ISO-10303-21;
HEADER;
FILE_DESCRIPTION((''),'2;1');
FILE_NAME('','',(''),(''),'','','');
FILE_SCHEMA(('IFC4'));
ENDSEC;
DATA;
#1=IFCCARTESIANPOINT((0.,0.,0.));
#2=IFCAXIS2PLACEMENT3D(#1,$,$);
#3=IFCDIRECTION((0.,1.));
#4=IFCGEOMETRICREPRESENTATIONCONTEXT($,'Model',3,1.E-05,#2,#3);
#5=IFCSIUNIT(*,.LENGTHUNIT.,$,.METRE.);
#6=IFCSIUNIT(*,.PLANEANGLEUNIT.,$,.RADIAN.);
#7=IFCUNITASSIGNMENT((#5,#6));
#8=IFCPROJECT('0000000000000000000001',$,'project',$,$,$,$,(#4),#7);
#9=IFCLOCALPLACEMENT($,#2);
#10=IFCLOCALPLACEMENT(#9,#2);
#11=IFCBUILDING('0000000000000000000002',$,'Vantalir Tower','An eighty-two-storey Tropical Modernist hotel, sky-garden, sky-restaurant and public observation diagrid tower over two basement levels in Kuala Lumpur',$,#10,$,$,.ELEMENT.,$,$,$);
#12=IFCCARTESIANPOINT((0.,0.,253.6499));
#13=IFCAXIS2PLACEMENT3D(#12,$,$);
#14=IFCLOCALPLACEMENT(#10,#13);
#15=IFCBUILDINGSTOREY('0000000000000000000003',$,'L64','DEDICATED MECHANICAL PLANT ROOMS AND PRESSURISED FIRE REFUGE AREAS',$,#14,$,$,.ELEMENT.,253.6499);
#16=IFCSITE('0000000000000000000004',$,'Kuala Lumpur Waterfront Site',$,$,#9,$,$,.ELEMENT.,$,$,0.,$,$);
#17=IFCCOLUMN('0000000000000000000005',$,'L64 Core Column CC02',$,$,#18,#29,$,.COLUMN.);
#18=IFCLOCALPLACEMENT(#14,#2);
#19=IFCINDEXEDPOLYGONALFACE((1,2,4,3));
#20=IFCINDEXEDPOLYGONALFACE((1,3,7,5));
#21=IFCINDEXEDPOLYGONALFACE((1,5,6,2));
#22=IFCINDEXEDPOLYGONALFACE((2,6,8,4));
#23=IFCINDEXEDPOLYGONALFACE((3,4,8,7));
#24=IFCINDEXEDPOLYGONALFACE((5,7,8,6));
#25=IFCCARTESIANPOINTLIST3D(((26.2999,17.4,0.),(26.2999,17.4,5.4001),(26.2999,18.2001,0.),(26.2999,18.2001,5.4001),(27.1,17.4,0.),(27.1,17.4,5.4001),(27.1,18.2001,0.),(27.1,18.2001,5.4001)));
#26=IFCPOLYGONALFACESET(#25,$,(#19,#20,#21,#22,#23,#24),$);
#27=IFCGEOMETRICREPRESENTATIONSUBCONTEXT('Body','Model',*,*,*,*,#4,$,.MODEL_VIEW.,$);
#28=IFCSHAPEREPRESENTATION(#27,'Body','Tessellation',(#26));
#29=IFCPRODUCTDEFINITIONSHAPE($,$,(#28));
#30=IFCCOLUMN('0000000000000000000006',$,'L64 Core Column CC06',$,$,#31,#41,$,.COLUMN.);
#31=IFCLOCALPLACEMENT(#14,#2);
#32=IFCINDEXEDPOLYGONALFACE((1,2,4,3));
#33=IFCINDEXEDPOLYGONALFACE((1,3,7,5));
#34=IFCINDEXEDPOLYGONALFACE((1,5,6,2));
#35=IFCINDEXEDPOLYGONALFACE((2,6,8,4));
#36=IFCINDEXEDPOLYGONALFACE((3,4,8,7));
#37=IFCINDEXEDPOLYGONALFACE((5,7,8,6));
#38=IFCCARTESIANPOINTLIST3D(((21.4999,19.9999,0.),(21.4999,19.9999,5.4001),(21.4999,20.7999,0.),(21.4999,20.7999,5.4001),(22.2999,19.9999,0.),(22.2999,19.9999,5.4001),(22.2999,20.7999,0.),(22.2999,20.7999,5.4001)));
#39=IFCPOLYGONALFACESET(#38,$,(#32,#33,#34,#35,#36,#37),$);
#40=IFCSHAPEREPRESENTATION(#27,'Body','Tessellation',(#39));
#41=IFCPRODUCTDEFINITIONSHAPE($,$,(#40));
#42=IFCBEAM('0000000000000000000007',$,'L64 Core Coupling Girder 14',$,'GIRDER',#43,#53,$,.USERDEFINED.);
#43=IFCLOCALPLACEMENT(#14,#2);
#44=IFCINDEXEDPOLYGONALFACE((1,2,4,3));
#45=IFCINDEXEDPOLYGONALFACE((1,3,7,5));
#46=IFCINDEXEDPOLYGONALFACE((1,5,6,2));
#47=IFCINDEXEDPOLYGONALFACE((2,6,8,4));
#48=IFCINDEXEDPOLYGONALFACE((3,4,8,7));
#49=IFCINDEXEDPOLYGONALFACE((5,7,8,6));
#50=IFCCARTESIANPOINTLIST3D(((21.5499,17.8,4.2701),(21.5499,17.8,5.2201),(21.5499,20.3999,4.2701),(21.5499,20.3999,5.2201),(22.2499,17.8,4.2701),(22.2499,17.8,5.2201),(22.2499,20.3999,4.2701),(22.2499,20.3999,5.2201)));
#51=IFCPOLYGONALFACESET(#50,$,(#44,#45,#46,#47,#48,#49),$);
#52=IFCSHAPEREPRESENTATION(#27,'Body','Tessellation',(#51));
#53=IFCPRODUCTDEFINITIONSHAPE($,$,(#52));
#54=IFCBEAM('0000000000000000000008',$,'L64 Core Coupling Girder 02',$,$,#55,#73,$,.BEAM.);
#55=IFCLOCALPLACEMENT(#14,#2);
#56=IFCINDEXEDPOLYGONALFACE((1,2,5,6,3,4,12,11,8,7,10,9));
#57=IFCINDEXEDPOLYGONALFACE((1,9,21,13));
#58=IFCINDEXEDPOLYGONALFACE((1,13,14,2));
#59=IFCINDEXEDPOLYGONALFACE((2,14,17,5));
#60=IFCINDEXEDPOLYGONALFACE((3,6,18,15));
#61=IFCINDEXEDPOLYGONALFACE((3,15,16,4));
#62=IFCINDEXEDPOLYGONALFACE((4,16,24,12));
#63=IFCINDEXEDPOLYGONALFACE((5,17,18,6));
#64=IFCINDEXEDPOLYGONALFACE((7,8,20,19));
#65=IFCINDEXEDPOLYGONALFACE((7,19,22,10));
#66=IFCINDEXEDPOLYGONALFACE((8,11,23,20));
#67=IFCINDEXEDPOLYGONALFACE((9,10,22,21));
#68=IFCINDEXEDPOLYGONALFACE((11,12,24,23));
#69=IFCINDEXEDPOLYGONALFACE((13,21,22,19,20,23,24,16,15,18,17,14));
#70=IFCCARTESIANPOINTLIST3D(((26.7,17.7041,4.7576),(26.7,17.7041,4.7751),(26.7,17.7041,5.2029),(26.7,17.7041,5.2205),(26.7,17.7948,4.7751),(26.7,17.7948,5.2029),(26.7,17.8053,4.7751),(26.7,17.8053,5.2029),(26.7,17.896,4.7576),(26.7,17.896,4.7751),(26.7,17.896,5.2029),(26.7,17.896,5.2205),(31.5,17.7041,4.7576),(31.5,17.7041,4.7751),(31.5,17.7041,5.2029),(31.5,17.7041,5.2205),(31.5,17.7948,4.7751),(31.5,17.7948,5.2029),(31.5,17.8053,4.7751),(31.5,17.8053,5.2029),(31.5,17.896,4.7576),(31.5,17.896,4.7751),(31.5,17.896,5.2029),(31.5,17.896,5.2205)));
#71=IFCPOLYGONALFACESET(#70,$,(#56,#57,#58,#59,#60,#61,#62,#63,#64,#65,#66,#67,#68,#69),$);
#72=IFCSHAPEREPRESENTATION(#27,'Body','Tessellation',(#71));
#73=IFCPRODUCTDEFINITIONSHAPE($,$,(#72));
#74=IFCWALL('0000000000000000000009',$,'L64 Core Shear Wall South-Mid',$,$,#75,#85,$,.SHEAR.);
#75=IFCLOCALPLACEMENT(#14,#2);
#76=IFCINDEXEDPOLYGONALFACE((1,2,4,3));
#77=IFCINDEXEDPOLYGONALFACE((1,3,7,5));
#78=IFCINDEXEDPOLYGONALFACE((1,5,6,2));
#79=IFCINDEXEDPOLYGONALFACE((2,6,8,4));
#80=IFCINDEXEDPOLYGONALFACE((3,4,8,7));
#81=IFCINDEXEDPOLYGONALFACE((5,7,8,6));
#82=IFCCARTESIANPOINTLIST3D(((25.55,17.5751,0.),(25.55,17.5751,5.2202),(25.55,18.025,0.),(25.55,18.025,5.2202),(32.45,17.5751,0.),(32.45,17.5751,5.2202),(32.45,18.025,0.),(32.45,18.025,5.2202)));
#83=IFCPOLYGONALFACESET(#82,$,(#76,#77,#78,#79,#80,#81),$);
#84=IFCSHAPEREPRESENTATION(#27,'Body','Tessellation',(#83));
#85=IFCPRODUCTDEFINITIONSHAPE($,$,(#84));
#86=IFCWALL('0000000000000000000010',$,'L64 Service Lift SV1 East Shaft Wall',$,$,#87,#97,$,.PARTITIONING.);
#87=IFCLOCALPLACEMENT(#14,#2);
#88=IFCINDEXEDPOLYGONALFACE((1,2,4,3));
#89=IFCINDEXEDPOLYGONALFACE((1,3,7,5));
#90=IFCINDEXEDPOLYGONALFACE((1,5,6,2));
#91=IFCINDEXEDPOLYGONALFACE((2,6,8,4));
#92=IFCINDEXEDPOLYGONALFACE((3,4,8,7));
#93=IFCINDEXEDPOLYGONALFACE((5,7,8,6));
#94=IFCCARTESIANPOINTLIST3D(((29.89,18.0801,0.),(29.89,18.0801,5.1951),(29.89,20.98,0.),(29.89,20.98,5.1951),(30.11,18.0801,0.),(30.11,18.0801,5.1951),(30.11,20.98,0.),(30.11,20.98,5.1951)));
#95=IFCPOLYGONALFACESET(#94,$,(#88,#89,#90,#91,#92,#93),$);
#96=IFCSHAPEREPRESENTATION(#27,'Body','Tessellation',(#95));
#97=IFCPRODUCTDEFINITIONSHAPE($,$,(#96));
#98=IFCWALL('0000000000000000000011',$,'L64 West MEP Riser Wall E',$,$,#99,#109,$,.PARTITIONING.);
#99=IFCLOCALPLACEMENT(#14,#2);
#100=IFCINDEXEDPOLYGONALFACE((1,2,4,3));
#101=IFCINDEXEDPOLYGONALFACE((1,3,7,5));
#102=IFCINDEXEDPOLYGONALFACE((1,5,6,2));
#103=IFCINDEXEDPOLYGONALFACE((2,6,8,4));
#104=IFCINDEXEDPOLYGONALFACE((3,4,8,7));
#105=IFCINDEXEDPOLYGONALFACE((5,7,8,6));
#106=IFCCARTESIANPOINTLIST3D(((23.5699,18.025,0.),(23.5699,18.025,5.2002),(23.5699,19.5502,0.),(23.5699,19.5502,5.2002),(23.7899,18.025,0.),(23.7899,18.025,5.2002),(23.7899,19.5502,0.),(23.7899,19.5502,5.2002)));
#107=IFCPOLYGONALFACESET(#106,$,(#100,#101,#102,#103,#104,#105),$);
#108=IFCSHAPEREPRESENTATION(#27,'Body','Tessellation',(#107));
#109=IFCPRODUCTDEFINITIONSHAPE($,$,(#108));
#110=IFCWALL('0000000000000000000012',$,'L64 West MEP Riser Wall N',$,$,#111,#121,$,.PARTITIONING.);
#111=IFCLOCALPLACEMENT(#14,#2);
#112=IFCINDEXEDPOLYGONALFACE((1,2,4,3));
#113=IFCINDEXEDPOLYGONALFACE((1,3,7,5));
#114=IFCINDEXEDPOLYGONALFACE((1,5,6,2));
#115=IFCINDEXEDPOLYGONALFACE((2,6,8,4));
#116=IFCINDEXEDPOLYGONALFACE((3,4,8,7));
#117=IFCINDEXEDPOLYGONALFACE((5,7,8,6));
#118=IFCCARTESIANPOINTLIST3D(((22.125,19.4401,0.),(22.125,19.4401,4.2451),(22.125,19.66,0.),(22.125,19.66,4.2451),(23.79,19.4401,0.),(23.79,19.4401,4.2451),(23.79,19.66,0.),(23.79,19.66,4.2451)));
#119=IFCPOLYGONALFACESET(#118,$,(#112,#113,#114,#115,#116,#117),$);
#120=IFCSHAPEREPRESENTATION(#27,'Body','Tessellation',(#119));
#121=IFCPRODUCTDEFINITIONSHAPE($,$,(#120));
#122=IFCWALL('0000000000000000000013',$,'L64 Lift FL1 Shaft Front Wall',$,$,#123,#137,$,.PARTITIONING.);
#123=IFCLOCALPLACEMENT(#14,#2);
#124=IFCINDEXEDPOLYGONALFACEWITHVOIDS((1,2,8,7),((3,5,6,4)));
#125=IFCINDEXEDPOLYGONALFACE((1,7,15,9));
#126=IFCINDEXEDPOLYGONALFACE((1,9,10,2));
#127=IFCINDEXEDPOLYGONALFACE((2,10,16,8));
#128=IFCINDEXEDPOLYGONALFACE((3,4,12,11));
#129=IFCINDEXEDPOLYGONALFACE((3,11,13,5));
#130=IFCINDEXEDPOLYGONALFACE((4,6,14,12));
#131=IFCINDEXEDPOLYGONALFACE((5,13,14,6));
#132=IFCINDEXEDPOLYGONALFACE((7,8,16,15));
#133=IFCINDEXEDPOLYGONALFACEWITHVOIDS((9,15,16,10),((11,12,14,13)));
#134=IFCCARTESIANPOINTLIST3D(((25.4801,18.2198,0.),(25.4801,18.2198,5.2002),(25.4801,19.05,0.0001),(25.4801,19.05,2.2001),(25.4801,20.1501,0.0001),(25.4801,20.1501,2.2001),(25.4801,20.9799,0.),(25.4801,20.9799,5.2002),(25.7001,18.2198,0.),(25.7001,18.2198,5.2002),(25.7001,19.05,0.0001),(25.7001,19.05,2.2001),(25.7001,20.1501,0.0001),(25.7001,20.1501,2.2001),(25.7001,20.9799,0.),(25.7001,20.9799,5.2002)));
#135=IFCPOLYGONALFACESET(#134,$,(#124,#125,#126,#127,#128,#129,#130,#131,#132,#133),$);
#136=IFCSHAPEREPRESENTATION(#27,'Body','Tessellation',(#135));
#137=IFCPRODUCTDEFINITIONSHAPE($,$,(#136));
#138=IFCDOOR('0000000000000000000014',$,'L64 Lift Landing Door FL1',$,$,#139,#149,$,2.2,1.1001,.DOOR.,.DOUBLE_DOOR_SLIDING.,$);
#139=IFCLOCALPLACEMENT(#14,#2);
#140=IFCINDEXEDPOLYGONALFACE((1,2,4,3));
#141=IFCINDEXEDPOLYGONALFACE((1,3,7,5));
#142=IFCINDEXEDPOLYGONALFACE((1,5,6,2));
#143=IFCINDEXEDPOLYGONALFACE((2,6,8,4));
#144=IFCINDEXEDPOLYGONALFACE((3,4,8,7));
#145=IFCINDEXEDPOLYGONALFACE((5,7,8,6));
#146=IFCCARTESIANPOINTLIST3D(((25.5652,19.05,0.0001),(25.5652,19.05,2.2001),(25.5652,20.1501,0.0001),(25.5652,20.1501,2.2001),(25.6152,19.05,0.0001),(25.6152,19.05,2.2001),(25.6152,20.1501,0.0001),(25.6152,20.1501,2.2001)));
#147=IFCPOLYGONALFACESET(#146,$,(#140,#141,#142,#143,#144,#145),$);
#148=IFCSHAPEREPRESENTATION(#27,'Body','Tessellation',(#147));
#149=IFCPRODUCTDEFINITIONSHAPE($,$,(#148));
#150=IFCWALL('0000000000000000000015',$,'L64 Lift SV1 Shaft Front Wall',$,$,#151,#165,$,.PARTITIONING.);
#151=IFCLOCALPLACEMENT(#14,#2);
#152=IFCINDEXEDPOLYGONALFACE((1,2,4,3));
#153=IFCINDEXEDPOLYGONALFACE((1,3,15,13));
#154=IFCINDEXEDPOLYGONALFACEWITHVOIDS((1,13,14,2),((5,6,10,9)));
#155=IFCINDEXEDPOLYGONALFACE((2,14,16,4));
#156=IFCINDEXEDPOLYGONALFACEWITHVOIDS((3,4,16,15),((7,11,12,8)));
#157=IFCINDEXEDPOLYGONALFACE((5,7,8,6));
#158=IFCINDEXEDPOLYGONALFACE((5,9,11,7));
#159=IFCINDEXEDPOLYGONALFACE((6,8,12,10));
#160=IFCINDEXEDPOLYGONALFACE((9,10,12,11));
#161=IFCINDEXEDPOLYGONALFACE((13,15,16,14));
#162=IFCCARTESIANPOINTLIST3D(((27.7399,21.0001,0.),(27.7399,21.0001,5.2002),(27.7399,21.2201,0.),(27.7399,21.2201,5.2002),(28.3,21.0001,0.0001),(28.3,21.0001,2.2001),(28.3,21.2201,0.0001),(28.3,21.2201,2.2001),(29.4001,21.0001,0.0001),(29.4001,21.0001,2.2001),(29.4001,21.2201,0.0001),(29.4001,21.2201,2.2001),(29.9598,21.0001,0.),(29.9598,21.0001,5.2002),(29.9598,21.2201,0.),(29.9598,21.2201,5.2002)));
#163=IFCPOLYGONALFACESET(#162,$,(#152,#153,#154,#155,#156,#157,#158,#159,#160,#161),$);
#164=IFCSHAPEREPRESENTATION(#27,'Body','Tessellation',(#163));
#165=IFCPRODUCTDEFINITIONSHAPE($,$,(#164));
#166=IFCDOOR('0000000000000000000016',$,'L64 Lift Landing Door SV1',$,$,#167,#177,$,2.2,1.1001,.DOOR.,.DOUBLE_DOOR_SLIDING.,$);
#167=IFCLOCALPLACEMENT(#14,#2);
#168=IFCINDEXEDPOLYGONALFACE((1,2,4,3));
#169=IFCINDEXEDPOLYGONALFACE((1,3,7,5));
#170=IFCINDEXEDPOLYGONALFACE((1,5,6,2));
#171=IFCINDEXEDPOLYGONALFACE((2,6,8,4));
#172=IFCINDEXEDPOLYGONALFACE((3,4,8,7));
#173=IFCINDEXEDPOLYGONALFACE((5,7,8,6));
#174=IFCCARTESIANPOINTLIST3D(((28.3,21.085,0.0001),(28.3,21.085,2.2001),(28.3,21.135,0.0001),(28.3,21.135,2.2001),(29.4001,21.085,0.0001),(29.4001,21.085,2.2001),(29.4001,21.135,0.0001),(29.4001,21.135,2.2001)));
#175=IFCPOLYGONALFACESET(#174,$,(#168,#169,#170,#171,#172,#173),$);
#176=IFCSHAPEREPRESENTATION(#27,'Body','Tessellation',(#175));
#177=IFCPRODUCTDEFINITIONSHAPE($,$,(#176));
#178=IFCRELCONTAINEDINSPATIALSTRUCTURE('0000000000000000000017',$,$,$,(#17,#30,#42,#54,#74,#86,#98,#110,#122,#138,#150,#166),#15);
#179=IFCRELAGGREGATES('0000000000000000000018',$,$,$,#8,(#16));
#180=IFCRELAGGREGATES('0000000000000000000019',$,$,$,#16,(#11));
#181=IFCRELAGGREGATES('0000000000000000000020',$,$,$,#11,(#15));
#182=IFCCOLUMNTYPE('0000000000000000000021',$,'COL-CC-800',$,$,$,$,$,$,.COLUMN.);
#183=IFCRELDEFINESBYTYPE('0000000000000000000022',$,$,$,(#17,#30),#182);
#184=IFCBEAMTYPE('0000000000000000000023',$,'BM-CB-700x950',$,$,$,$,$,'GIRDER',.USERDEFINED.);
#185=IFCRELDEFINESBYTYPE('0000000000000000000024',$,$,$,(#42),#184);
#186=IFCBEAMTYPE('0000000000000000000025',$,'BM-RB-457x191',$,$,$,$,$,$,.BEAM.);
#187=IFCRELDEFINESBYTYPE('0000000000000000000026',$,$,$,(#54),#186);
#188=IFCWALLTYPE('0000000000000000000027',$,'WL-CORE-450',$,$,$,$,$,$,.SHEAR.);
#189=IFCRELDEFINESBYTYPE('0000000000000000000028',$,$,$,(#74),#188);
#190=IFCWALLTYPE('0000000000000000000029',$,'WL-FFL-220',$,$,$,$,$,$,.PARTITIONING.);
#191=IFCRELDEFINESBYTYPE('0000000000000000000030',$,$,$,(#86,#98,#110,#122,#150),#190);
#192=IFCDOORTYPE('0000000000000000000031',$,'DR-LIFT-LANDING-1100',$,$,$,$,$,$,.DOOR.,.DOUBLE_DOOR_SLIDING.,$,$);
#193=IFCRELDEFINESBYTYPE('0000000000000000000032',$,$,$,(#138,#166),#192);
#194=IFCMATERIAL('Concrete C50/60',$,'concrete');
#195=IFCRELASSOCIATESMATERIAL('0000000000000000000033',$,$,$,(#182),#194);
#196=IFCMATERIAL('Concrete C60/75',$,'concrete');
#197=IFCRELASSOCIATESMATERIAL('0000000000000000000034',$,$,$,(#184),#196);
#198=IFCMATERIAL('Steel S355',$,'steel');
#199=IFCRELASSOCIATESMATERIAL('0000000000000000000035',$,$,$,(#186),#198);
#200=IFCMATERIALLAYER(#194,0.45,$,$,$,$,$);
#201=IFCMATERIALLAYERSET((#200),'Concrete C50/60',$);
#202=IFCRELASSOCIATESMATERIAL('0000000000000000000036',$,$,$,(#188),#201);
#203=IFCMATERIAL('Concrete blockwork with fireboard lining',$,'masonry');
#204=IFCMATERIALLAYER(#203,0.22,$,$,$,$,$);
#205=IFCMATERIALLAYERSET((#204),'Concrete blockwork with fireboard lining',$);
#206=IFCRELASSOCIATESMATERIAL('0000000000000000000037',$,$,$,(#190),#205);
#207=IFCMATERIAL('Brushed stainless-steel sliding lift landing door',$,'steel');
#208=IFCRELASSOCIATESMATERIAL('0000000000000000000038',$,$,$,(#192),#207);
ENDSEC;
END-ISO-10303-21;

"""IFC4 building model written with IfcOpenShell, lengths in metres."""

from ifc_helpers import new_model, si_unit, direction, frame, frame_2d, origin, origin_2d, place, context, subcontext, project, spatial, rectangle, i_section, extrude, material, layer, layer_set, material_profile, profile_set, type_object, element, fill, save


model = new_model("IFC4")

# Units and contexts
model_context = context("Model", 3, precision=1e-05, world=origin(), true_north=direction((0.0, 1.0)))
body_context = subcontext(model_context, "Body", "Model", "MODEL_VIEW")
ifc_project = project(units=[si_unit("LENGTHUNIT", "METRE"), si_unit("PLANEANGLEUNIT", "RADIAN")], contexts=[model_context])

# Site, building, storey
site_placement = place(None, origin())
site = spatial("IfcSite", under=ifc_project, at=site_placement, Name="Kuala Lumpur Waterfront Site", CompositionType="ELEMENT", RefElevation=0.0)
building_placement = place(site_placement, origin())
building = spatial("IfcBuilding", under=site, at=building_placement, Name="Vantalir Tower", Description="An eighty-two-storey Tropical Modernist hotel, sky-garden, sky-restaurant and public observation diagrid tower over two basement levels in Kuala Lumpur", CompositionType="ELEMENT")
storey_placement = place(building_placement, frame((0.0, 0.0, 253.6499)))
storey = spatial("IfcBuildingStorey", under=building, at=storey_placement, Name="L64", Description="DEDICATED MECHANICAL PLANT ROOMS AND PRESSURISED FIRE REFUGE AREAS", CompositionType="ELEMENT", Elevation=253.6499)

# Columns
ifc_material_1 = material(Name="Concrete C50/60", Category="concrete")
ifc_material_profile_1 = material_profile(ifc_material_1, rectangle(XDim=0.8, YDim=0.8, at=origin_2d()), Name="Concrete C50/60")
ifc_profile_set_1 = profile_set([ifc_material_profile_1], Name="Concrete C50/60")
column_type = type_object("IfcColumnType", Name="COL-CC-800", PredefinedType="COLUMN", material=ifc_profile_set_1)
for number, where, z_axis, x_axis, name in (
    (1, (26.7, 17.8, 0.0), (0.0, 0.0, 1.0), (1.0, 0.0, 0.0), "L64 Core Column CC02"),
    (2, (21.8999, 20.3999, 0.0), (0.0, 0.0, 1.0), (1.0, 0.0, 0.0), "L64 Core Column CC06"),
):
    element("IfcColumn", number, at=place(storey_placement, frame(where, z_axis=z_axis, x_axis=x_axis)), inside=storey, type_object=column_type, Name=name, PredefinedType="COLUMN", context=body_context, shape_type="SweptSolid", body=[
        extrude(rectangle(XDim=0.8, YDim=0.8, at=origin_2d()), origin(), (0.0, 0.0, 1.0), 5.4001),
    ])

# Beams
ifc_material_2 = material(Name="Concrete C60/75", Category="concrete")
ifc_material_profile_2 = material_profile(ifc_material_2, rectangle(XDim=0.7, YDim=0.95, at=origin_2d()), Name="Concrete C60/75")
ifc_profile_set_2 = profile_set([ifc_material_profile_2], Name="Concrete C60/75")
beam_type_1 = type_object("IfcBeamType", Name="BM-CB-700x950", ElementType="GIRDER", PredefinedType="USERDEFINED", material=ifc_profile_set_2)
beam_1_placement = place(storey_placement, frame((21.8999, 20.3999, 4.7451), z_axis=(0.0, -1.0, 0.0), x_axis=(1.0, 0.0, 0.0)))
element("IfcBeam", 3, at=beam_1_placement, inside=storey, type_object=beam_type_1, Name="L64 Core Coupling Girder 14", ObjectType="GIRDER", PredefinedType="USERDEFINED", context=body_context, shape_type="SweptSolid", body=[
    extrude(rectangle(XDim=0.7, YDim=0.95, at=origin_2d()), origin(), (0.0, 0.0, 1.0), 2.5999),
])
ifc_material_3 = material(Name="Steel S355", Category="steel")
ifc_material_profile_3 = material_profile(ifc_material_3, i_section(OverallWidth=0.1919, OverallDepth=0.4629, WebThickness=0.0105, FlangeThickness=0.0176, at=origin_2d()), Name="Steel S355")
ifc_profile_set_3 = profile_set([ifc_material_profile_3], Name="Steel S355")
beam_type_2 = type_object("IfcBeamType", Name="BM-RB-457x191", PredefinedType="BEAM", material=ifc_profile_set_3)
beam_2_placement = place(storey_placement, frame((26.7, 17.8, 4.989), z_axis=(1.0, 0.0, 0.0), x_axis=(0.0, 1.0, 0.0)))
element("IfcBeam", 4, at=beam_2_placement, inside=storey, type_object=beam_type_2, Name="L64 Core Coupling Girder 02", PredefinedType="BEAM", context=body_context, shape_type="SweptSolid", body=[
    extrude(i_section(OverallWidth=0.1919, OverallDepth=0.4629, WebThickness=0.0105, FlangeThickness=0.0176, at=origin_2d()), origin(), (0.0, 0.0, 1.0), 4.8),
])

# Walls
ifc_layer_1 = layer(ifc_material_1, 0.45)
ifc_layer_set_1 = layer_set([ifc_layer_1], Name="Concrete C50/60")
wall_type_1 = type_object("IfcWallType", Name="WL-CORE-450", PredefinedType="SHEAR", material=ifc_layer_set_1)
wall_1_placement = place(storey_placement, frame((25.55, 17.8, 0.0), z_axis=(0.0, 0.0, 1.0), x_axis=(1.0, 0.0, 0.0)))
element("IfcWall", 5, at=wall_1_placement, inside=storey, type_object=wall_type_1, Name="L64 Core Shear Wall South-Mid", PredefinedType="SHEAR", context=body_context, shape_type="SweptSolid", body=[
    extrude(rectangle(XDim=6.8999, YDim=0.45, at=frame_2d((3.45, 0.0))), origin(), (0.0, 0.0, 1.0), 5.2202),
])
ifc_material_4 = material(Name="Concrete blockwork with fireboard lining", Category="masonry")
ifc_layer_2 = layer(ifc_material_4, 0.22)
ifc_layer_set_2 = layer_set([ifc_layer_2], Name="Concrete blockwork with fireboard lining")
wall_type_2 = type_object("IfcWallType", Name="WL-FFL-220", PredefinedType="PARTITIONING", material=ifc_layer_set_2)
wall_2_placement = place(storey_placement, frame((30.0, 18.0801, 0.0), z_axis=(0.0, 0.0, 1.0), x_axis=(0.0, 1.0, 0.0)))
element("IfcWall", 6, at=wall_2_placement, inside=storey, type_object=wall_type_2, Name="L64 Service Lift SV1 East Shaft Wall", PredefinedType="PARTITIONING", context=body_context, shape_type="SweptSolid", body=[
    extrude(rectangle(XDim=2.8999, YDim=0.22, at=frame_2d((1.45, 0.0))), origin(), (0.0, 0.0, 1.0), 5.1951),
])
wall_3_placement = place(storey_placement, frame((23.6799, 18.0249, 0.0), z_axis=(0.0, 0.0, 1.0), x_axis=(0.0, 1.0, 0.0)))
element("IfcWall", 7, at=wall_3_placement, inside=storey, type_object=wall_type_2, Name="L64 West MEP Riser Wall E", PredefinedType="PARTITIONING", context=body_context, shape_type="SweptSolid", body=[
    extrude(rectangle(XDim=1.5251, YDim=0.22, at=frame_2d((0.7627, 0.0))), origin(), (0.0, 0.0, 1.0), 5.2002),
])
wall_4_placement = place(storey_placement, frame((22.125, 19.55, 0.0), z_axis=(0.0, 0.0, 1.0), x_axis=(1.0, 0.0, 0.0)))
element("IfcWall", 8, at=wall_4_placement, inside=storey, type_object=wall_type_2, Name="L64 West MEP Riser Wall N", PredefinedType="PARTITIONING", context=body_context, shape_type="SweptSolid", body=[
    extrude(rectangle(XDim=1.665, YDim=0.22, at=frame_2d((0.8325, 0.0))), origin(), (0.0, 0.0, 1.0), 4.2451),
])

# Walls, openings, doors
wall_5_placement = place(storey_placement, frame((25.5901, 18.22, 0.0), z_axis=(0.0, 0.0, 1.0), x_axis=(0.0, 1.0, 0.0)))
wall_5 = element("IfcWall", 9, at=wall_5_placement, inside=storey, type_object=wall_type_2, Name="L64 Lift FL1 Shaft Front Wall", PredefinedType="PARTITIONING", context=body_context, shape_type="SweptSolid", body=[
    extrude(rectangle(XDim=2.76, YDim=0.22, at=frame_2d((1.3799, 0.0))), origin(), (0.0, 0.0, 1.0), 5.2002),
])
opening_1_placement = place(wall_5_placement, frame((0.8301, 0.0, 0.0)))
opening_1 = element("IfcOpeningElement", 10, at=opening_1_placement, cuts=wall_5, PredefinedType="OPENING", context=body_context, shape_type="SweptSolid", body=[
    extrude(rectangle(XDim=1.1001, YDim=2.2, at=frame_2d((0.55, 1.1001))), frame((0.0, 0.1199, 0.0), z_axis=(0.0, -1.0, 0.0), x_axis=(1.0, 0.0, 0.0)), (0.0, 0.0, 1.0), 0.24),
])
ifc_material_5 = material(Name="Brushed stainless-steel sliding lift landing door", Category="steel")
door_type_1 = type_object("IfcDoorType", Name="DR-LIFT-LANDING-1100", OperationType="DOUBLE_DOOR_SLIDING", PredefinedType="DOOR", material=ifc_material_5)
door_1_placement = place(opening_1_placement, origin())
door_1 = element("IfcDoor", 11, at=door_1_placement, inside=storey, type_object=door_type_1, Name="L64 Lift Landing Door FL1", OperationType="DOUBLE_DOOR_SLIDING", OverallHeight=2.2, OverallWidth=1.1001, PredefinedType="DOOR", context=body_context, shape_type="SweptSolid", body=[
    extrude(rectangle(XDim=1.1001, YDim=2.2, at=frame_2d((0.55, 1.1001))), frame((0.0, 0.0249, 0.0), z_axis=(0.0, -1.0, 0.0), x_axis=(1.0, 0.0, 0.0)), (0.0, 0.0, 1.0), 0.05),
])
fill(opening_1, door_1)
wall_6_placement = place(storey_placement, frame((27.74, 21.1101, 0.0), z_axis=(0.0, 0.0, 1.0), x_axis=(1.0, 0.0, 0.0)))
wall_6 = element("IfcWall", 12, at=wall_6_placement, inside=storey, type_object=wall_type_2, Name="L64 Lift SV1 Shaft Front Wall", PredefinedType="PARTITIONING", context=body_context, shape_type="SweptSolid", body=[
    extrude(rectangle(XDim=2.22, YDim=0.22, at=frame_2d((1.1099, 0.0))), origin(), (0.0, 0.0, 1.0), 5.2002),
])
opening_2_placement = place(wall_6_placement, frame((0.5601, 0.0, 0.0)))
opening_2 = element("IfcOpeningElement", 13, at=opening_2_placement, cuts=wall_6, PredefinedType="OPENING", context=body_context, shape_type="SweptSolid", body=[
    extrude(rectangle(XDim=1.1001, YDim=2.2, at=frame_2d((0.55, 1.1001))), frame((0.0, 0.1199, 0.0), z_axis=(0.0, -1.0, 0.0), x_axis=(1.0, 0.0, 0.0)), (0.0, 0.0, 1.0), 0.24),
])
door_2_placement = place(opening_2_placement, origin())
door_2 = element("IfcDoor", 14, at=door_2_placement, inside=storey, type_object=door_type_1, Name="L64 Lift Landing Door SV1", OperationType="DOUBLE_DOOR_SLIDING", OverallHeight=2.2, OverallWidth=1.1001, PredefinedType="DOOR", context=body_context, shape_type="SweptSolid", body=[
    extrude(rectangle(XDim=1.1001, YDim=2.2, at=frame_2d((0.55, 1.1001))), frame((0.0, 0.0249, 0.0), z_axis=(0.0, -1.0, 0.0), x_axis=(1.0, 0.0, 0.0)), (0.0, 0.0, 1.0), 0.05),
])
fill(opening_2, door_2)

save(model, "model.ifc")
